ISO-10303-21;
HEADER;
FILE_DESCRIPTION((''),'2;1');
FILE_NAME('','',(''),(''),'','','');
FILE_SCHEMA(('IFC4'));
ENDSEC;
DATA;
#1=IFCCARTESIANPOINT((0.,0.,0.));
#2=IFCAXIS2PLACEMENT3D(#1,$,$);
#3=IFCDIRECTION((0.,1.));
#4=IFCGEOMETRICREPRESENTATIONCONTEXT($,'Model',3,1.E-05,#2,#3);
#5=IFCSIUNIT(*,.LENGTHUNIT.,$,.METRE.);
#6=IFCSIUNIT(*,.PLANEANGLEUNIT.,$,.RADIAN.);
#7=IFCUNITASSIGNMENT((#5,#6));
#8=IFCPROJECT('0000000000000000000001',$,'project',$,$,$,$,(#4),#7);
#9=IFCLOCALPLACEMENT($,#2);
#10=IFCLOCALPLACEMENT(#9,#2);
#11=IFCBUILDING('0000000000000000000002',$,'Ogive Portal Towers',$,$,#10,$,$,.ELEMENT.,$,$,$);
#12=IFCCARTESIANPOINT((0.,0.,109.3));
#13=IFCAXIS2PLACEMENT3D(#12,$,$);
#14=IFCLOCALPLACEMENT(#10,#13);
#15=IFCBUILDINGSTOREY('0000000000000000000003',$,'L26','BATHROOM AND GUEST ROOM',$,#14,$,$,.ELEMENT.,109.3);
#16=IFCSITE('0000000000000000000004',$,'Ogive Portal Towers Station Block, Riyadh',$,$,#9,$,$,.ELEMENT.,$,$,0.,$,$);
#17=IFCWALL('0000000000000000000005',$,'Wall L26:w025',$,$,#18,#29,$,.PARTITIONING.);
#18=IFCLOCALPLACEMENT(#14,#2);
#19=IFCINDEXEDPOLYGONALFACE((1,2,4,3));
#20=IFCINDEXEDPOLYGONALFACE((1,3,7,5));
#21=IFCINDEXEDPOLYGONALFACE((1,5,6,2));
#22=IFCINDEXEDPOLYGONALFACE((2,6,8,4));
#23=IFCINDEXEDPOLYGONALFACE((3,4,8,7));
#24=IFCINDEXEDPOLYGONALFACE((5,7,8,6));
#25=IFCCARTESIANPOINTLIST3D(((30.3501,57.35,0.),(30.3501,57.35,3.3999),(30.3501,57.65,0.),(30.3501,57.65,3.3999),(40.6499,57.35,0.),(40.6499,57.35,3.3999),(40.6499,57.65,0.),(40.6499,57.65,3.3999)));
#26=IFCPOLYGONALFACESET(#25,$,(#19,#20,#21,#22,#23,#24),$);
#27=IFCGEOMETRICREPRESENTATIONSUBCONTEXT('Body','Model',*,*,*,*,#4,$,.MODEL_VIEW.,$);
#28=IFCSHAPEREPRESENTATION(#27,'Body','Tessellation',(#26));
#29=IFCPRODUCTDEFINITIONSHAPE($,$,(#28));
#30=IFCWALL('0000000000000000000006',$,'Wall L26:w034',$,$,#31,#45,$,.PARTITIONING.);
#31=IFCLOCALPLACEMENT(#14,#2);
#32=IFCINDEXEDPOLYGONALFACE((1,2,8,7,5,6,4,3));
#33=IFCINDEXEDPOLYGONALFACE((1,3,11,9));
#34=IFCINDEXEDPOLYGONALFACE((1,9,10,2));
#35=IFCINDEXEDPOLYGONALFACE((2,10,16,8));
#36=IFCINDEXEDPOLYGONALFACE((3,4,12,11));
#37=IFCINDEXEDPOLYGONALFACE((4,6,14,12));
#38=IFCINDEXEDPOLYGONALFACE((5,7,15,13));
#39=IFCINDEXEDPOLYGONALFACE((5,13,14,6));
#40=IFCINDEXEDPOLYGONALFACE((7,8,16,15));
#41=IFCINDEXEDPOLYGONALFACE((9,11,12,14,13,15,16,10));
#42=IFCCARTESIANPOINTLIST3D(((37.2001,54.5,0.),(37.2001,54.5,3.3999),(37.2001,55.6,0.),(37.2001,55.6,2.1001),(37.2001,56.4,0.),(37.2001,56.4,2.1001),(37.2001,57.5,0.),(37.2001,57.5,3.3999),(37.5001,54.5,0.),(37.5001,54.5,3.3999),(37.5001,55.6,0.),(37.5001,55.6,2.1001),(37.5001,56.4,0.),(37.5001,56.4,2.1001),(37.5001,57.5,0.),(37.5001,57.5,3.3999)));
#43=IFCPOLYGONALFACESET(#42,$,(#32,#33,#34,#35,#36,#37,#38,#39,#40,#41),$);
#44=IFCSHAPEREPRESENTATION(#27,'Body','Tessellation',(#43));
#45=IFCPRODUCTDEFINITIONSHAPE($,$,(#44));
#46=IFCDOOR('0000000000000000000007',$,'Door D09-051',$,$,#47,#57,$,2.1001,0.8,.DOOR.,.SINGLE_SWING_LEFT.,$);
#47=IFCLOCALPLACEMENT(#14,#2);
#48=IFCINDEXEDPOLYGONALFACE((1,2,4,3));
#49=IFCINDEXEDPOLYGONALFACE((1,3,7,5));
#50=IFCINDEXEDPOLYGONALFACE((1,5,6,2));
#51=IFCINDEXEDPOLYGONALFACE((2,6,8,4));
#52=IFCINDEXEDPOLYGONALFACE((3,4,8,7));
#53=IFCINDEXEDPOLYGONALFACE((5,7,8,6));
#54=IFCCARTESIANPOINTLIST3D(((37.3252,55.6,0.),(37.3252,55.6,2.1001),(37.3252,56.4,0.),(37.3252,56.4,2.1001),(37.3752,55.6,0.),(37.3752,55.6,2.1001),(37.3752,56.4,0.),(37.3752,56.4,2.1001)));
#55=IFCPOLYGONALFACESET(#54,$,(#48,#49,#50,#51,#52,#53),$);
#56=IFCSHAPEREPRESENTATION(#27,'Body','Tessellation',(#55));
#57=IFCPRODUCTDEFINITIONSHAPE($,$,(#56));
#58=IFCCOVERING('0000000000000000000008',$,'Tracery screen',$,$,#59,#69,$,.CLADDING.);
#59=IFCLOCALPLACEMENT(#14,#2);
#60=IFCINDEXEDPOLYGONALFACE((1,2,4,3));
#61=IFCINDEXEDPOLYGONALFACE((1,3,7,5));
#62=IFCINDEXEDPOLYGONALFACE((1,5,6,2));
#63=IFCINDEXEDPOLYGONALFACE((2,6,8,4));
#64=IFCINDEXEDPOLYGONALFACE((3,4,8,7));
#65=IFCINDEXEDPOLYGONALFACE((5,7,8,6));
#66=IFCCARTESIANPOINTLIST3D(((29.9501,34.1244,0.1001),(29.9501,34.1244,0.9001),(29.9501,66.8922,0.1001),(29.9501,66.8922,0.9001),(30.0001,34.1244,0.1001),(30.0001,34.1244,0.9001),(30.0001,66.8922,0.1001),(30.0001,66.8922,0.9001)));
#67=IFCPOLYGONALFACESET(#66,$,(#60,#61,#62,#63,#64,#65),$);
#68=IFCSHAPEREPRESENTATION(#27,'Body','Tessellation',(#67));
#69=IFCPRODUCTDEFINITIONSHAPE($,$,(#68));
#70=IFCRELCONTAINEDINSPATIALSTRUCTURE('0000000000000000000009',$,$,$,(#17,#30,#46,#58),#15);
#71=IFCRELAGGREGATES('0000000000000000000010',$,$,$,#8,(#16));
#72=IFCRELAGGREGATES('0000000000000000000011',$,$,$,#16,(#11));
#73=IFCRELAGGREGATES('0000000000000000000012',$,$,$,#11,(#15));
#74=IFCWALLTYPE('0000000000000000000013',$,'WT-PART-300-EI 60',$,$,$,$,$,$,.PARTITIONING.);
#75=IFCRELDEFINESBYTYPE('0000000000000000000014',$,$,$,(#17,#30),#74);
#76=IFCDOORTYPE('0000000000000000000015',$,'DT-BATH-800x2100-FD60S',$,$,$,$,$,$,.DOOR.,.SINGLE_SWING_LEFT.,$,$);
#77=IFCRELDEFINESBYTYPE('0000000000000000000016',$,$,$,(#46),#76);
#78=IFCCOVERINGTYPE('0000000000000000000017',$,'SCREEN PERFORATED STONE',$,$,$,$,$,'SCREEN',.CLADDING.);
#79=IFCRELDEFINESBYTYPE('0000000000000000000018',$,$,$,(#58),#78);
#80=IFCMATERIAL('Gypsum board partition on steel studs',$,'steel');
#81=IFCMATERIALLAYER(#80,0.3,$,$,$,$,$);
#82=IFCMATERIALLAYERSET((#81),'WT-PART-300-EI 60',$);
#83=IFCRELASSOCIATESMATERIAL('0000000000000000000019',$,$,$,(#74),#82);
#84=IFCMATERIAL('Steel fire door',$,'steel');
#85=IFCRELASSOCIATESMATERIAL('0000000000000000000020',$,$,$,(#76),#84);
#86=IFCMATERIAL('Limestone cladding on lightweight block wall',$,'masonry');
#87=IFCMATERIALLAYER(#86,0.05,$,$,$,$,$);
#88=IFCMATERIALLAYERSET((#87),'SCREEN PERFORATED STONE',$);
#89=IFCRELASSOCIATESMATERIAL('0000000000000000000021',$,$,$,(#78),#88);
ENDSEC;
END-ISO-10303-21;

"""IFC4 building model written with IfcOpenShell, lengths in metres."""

from ifc_helpers import new_model, si_unit, direction, frame, frame_2d, origin, origin_2d, place, context, subcontext, project, spatial, rectangle, extrude, material, layer, layer_set, type_object, element, fill, save


model = new_model("IFC4")

# Units and contexts
model_context = context("Model", 3, precision=1e-05, world=origin(), true_north=direction((0.0, 1.0)))
body_context = subcontext(model_context, "Body", "Model", "MODEL_VIEW")
ifc_project = project(units=[si_unit("LENGTHUNIT", "METRE"), si_unit("PLANEANGLEUNIT", "RADIAN")], contexts=[model_context])

# Site, building, storey
site_placement = place(None, origin())
site = spatial("IfcSite", under=ifc_project, at=site_placement, Name="Ogive Portal Towers Station Block, Riyadh", CompositionType="ELEMENT", RefElevation=0.0)
building_placement = place(site_placement, origin())
building = spatial("IfcBuilding", under=site, at=building_placement, Name="Ogive Portal Towers", CompositionType="ELEMENT")
storey_placement = place(building_placement, frame((0.0, 0.0, 109.3)))
storey = spatial("IfcBuildingStorey", under=building, at=storey_placement, Name="L26", Description="BATHROOM AND GUEST ROOM", CompositionType="ELEMENT", Elevation=109.3)

# Shared definitions
ifc_material_1 = material(Name="Steel fire door", Category="steel")

# Wall
ifc_material_2 = material(Name="Gypsum board partition on steel studs", Category="steel")
ifc_layer_1 = layer(ifc_material_2, 0.3)
ifc_layer_set_1 = layer_set([ifc_layer_1], Name="WT-PART-300-EI 60")
wall_type_1 = type_object("IfcWallType", Name="WT-PART-300-EI 60", PredefinedType="PARTITIONING", material=ifc_layer_set_1)
wall_1_placement = place(storey_placement, frame((30.3501, 57.5, 0.0), z_axis=(0.0, 0.0, 1.0), x_axis=(1.0, 0.0, 0.0)))
element("IfcWall", 1, at=wall_1_placement, inside=storey, type_object=wall_type_1, Name="Wall L26:w025", PredefinedType="PARTITIONING", context=body_context, shape_type="SweptSolid", body=[
    extrude(rectangle(XDim=10.2998, YDim=0.3, at=frame_2d((5.1499, 0.0))), origin(), (0.0, 0.0, 1.0), 3.3999),
])

# Wall, opening, door
wall_2_placement = place(storey_placement, frame((37.3501, 54.5, 0.0), z_axis=(0.0, 0.0, 1.0), x_axis=(0.0, 1.0, 0.0)))
wall_2 = element("IfcWall", 2, at=wall_2_placement, inside=storey, type_object=wall_type_1, Name="Wall L26:w034", PredefinedType="PARTITIONING", context=body_context, shape_type="SweptSolid", body=[
    extrude(rectangle(XDim=3.0, YDim=0.3, at=frame_2d((1.5, 0.0))), origin(), (0.0, 0.0, 1.0), 3.3999),
])
opening_1_placement = place(wall_2_placement, frame((1.1001, 0.0, 0.0)))
opening_1 = element("IfcOpeningElement", 3, at=opening_1_placement, cuts=wall_2, PredefinedType="OPENING", context=body_context, shape_type="SweptSolid", body=[
    extrude(rectangle(XDim=0.8, YDim=2.1001, at=frame_2d((0.3999, 1.05))), frame((0.0, 0.1602, 0.0), z_axis=(0.0, -1.0, 0.0), x_axis=(1.0, 0.0, 0.0)), (0.0, 0.0, 1.0), 0.3201),
])
door_type_1 = type_object("IfcDoorType", Name="DT-BATH-800x2100-FD60S", OperationType="SINGLE_SWING_LEFT", PredefinedType="DOOR", material=ifc_material_1)
door_1_placement = place(opening_1_placement, origin())
door_1 = element("IfcDoor", 4, at=door_1_placement, inside=storey, type_object=door_type_1, Name="Door D09-051", OperationType="SINGLE_SWING_LEFT", OverallHeight=2.1001, OverallWidth=0.8, PredefinedType="DOOR", context=body_context, shape_type="SweptSolid", body=[
    extrude(rectangle(XDim=0.8, YDim=2.1001, at=frame_2d((0.3999, 1.05))), frame((0.0, 0.0249, 0.0), z_axis=(0.0, -1.0, 0.0), x_axis=(1.0, 0.0, 0.0)), (0.0, 0.0, 1.0), 0.05),
])
fill(opening_1, door_1)

# Covering
ifc_material_3 = material(Name="Limestone cladding on lightweight block wall", Category="masonry")
ifc_layer_2 = layer(ifc_material_3, 0.05)
ifc_layer_set_2 = layer_set([ifc_layer_2], Name="SCREEN PERFORATED STONE")
covering_type = type_object("IfcCoveringType", Name="SCREEN PERFORATED STONE", ElementType="SCREEN", PredefinedType="CLADDING", material=ifc_layer_set_2)
covering_placement = place(storey_placement, frame((29.9751, 50.5083, 0.1001), z_axis=(0.0, 0.0, 1.0), x_axis=(0.0, -1.0, 0.0)))
element("IfcCovering", 5, at=covering_placement, inside=storey, type_object=covering_type, Name="Tracery screen", PredefinedType="CLADDING", context=body_context, shape_type="SweptSolid", body=[
    extrude(rectangle(XDim=32.7678, YDim=0.05, at=origin_2d()), origin(), (0.0, 0.0, 1.0), 0.8),
])

save(model, "model.ifc")
